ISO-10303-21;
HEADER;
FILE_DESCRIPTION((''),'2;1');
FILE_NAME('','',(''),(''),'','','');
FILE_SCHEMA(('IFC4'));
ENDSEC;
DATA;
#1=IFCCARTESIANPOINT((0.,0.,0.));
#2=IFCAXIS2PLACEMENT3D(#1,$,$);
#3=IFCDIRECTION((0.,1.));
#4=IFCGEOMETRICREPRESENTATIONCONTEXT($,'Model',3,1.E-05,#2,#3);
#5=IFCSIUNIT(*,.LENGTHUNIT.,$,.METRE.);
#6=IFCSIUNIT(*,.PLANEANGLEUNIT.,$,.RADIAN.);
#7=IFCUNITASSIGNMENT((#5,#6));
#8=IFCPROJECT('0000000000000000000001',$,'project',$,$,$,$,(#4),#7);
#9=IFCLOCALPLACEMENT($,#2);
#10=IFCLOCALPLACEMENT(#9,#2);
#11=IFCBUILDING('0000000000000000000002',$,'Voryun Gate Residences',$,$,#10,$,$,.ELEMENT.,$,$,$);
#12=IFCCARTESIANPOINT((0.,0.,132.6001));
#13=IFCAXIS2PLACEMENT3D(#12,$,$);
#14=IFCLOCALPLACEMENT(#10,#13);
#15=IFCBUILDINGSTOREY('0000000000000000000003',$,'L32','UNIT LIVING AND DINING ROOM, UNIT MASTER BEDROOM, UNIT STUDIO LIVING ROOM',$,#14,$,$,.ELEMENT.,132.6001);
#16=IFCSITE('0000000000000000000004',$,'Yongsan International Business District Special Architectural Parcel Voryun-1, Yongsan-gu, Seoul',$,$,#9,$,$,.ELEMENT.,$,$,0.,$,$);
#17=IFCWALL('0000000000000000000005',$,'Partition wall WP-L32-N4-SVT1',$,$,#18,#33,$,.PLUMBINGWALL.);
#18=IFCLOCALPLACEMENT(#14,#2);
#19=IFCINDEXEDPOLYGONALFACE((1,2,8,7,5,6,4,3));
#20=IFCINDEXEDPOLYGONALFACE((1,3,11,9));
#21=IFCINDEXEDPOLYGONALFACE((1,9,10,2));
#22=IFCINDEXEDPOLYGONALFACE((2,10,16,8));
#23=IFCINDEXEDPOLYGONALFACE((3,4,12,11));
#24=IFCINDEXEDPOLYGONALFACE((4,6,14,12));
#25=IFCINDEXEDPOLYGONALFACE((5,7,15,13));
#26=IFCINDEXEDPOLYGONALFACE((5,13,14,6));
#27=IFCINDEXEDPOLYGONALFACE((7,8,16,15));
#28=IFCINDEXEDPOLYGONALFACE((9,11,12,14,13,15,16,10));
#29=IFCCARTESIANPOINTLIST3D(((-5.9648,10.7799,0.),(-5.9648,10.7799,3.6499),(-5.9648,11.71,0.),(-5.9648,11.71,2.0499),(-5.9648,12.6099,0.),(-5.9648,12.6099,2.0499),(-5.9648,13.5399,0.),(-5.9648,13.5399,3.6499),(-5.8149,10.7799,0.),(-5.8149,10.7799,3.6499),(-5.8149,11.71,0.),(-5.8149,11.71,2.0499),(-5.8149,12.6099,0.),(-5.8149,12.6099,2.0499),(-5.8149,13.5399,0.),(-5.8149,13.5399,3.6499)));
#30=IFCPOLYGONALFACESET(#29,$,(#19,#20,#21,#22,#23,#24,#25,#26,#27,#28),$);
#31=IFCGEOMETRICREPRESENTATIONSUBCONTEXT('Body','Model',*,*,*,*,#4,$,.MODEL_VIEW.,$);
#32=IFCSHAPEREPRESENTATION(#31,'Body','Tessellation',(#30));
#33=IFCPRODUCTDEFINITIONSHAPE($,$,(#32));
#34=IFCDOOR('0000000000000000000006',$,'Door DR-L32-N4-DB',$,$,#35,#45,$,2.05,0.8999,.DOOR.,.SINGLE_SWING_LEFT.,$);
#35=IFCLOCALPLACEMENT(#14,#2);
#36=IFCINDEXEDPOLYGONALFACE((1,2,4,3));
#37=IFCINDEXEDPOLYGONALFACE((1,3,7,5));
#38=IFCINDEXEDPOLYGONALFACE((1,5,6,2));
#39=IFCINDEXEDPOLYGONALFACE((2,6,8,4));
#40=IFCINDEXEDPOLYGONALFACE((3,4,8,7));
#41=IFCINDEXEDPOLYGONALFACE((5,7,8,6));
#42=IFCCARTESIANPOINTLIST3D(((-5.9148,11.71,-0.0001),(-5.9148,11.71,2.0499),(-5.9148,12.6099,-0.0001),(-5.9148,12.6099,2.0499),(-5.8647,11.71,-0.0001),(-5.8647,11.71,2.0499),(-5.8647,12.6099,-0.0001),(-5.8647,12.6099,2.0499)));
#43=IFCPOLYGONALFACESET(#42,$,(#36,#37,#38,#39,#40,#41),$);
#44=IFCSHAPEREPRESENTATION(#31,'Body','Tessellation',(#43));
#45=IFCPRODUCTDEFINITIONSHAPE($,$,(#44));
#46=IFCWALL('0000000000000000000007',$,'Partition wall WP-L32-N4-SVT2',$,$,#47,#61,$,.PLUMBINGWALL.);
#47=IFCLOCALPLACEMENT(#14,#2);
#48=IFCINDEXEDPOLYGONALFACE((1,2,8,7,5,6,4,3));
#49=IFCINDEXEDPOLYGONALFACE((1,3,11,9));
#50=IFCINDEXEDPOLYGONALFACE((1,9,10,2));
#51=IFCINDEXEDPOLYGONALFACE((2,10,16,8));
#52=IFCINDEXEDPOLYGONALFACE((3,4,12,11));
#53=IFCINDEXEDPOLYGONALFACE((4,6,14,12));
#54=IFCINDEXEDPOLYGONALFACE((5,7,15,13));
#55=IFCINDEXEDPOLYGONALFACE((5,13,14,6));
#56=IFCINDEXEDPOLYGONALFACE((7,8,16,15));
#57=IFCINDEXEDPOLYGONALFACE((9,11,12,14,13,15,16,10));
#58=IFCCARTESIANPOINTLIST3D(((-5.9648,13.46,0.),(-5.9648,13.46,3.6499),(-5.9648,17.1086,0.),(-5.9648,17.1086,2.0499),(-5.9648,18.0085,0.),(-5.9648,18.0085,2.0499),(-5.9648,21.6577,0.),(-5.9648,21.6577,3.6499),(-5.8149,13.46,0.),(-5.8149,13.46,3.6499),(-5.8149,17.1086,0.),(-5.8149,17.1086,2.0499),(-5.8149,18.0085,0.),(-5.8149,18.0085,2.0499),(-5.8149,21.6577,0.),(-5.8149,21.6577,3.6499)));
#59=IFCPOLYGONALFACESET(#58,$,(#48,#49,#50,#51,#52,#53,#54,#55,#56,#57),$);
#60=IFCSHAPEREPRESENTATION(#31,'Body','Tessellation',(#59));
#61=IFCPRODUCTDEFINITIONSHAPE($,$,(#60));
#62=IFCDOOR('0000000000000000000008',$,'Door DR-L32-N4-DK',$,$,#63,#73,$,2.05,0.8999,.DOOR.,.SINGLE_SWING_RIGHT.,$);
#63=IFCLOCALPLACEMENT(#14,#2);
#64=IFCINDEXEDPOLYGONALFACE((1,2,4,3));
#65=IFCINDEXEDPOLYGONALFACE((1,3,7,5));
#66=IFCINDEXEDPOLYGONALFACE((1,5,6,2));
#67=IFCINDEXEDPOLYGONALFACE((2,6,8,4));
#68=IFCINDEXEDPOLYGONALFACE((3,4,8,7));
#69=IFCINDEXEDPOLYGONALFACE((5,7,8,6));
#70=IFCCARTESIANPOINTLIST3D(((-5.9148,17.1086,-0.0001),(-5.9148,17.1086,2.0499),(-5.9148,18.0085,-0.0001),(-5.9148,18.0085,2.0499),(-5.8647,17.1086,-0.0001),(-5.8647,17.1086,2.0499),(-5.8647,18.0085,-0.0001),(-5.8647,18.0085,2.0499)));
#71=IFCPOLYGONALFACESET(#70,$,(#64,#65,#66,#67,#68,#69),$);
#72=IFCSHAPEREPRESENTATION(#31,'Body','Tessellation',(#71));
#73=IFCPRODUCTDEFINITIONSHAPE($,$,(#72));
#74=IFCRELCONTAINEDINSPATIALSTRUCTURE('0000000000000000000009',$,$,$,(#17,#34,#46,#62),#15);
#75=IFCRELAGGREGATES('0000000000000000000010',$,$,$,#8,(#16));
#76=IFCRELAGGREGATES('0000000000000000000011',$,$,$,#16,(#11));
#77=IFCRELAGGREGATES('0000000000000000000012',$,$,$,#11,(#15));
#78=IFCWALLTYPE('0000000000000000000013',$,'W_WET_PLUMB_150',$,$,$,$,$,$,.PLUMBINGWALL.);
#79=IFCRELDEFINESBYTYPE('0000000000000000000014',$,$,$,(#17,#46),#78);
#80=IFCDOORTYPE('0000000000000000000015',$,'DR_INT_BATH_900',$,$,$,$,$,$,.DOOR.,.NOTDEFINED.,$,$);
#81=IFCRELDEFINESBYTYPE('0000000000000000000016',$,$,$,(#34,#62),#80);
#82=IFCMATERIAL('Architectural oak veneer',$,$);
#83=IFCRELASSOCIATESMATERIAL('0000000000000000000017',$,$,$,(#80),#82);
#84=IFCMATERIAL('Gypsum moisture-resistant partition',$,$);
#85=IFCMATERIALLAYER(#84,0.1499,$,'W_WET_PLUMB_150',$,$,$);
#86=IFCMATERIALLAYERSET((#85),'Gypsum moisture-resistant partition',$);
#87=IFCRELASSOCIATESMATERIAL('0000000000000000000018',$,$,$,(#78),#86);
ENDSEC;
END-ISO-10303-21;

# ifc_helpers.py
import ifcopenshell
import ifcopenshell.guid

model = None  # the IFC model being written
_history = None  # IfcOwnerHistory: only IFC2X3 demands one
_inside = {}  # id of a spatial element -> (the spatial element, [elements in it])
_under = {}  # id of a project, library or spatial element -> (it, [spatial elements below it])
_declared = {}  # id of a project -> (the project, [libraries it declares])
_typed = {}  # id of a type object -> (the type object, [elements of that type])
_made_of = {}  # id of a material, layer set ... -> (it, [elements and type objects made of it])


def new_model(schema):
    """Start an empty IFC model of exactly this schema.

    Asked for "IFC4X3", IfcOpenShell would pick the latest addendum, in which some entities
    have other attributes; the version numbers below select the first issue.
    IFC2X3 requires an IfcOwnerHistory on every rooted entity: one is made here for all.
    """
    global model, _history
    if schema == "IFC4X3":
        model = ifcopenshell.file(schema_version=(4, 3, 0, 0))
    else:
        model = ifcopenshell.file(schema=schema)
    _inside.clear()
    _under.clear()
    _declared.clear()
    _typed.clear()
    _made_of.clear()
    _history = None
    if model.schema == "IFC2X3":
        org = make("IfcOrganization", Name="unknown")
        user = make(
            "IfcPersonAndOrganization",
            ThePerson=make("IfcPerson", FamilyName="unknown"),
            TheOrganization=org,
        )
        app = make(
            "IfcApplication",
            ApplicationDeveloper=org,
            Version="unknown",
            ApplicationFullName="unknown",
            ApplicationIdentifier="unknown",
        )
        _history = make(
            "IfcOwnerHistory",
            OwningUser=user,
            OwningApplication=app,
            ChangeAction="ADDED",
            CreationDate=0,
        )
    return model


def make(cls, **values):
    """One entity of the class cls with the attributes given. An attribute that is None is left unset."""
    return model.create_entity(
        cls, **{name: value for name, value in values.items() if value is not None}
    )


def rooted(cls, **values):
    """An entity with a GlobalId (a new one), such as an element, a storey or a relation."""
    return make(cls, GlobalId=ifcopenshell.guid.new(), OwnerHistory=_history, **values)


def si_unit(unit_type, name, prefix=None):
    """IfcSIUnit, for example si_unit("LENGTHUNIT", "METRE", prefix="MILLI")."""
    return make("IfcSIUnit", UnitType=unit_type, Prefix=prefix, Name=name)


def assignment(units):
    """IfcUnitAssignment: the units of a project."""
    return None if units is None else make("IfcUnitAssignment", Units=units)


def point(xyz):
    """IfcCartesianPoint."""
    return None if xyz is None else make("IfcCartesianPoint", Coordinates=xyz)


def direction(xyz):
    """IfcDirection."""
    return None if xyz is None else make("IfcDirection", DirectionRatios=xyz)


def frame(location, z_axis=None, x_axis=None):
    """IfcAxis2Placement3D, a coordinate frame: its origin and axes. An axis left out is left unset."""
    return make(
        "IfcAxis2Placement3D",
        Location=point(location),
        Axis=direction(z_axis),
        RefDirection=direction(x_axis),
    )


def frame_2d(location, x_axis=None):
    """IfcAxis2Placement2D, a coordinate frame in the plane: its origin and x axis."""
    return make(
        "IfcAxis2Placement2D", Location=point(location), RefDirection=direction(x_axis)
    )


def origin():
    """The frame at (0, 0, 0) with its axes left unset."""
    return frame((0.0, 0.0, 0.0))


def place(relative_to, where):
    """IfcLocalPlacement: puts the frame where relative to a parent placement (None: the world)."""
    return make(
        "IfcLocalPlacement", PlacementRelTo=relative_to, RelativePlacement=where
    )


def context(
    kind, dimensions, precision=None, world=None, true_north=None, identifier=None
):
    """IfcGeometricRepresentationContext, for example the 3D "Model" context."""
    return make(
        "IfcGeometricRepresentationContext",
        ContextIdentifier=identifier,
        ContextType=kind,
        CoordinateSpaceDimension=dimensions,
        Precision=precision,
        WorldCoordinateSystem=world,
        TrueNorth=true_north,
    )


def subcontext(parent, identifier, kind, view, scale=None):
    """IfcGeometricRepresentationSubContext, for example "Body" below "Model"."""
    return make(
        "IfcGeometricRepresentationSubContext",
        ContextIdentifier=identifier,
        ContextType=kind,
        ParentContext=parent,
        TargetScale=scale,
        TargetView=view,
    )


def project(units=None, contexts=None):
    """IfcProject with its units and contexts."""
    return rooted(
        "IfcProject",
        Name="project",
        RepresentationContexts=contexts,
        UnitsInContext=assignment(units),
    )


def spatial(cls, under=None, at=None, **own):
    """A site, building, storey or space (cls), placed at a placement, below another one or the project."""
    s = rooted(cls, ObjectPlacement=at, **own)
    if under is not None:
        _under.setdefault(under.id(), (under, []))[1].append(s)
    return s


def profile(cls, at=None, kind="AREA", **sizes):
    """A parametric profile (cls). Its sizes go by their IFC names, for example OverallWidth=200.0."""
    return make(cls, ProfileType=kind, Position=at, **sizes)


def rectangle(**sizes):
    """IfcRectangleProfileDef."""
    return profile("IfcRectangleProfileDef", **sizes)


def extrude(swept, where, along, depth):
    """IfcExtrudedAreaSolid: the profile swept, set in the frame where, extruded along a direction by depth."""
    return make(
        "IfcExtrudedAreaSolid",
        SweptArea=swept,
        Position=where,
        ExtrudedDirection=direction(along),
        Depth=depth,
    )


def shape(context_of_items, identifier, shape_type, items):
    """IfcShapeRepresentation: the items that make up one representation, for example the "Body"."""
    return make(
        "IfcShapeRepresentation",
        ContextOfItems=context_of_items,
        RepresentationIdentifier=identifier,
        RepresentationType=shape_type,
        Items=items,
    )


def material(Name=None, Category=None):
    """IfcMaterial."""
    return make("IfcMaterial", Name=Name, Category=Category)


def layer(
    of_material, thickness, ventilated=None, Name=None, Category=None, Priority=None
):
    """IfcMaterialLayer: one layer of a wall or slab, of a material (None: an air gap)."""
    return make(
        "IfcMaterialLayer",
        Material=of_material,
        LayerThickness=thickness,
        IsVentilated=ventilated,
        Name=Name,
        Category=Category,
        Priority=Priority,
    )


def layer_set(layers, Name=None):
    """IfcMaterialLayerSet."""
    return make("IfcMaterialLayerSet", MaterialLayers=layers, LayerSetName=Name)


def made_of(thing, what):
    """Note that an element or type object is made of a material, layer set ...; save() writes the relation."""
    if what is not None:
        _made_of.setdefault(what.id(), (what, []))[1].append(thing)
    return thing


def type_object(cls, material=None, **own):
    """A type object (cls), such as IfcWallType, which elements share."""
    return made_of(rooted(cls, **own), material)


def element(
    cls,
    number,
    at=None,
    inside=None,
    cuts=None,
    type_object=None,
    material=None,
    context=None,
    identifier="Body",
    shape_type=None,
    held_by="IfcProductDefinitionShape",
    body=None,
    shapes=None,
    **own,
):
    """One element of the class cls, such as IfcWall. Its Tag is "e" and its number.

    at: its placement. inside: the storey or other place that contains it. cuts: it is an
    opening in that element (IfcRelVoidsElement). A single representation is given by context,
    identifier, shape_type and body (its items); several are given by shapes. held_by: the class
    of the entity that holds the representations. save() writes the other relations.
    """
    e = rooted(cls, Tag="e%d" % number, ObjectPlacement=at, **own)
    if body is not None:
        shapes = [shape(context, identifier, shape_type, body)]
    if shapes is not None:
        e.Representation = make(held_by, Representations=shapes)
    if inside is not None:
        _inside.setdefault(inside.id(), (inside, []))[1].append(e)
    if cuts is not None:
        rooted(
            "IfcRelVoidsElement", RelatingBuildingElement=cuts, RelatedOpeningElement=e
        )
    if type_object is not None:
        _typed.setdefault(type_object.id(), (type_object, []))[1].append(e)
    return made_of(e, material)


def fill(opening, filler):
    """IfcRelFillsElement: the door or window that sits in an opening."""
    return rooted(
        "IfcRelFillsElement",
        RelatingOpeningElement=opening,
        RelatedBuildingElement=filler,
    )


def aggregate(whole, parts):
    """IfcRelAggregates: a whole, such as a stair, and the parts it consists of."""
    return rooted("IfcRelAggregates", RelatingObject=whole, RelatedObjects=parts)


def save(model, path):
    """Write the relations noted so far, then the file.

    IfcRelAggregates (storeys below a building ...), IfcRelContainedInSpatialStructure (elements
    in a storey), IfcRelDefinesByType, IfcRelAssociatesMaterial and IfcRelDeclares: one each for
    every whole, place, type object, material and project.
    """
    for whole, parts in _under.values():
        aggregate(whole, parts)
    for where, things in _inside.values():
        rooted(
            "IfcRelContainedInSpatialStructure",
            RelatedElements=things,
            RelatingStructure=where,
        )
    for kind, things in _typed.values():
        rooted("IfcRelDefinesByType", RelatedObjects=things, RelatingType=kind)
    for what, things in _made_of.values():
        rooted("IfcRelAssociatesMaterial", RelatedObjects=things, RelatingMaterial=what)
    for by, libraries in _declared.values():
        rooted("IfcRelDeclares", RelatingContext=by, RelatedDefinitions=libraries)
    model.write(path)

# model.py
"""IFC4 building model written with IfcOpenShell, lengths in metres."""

from ifc_helpers import new_model, si_unit, direction, frame, frame_2d, origin, place, context, subcontext, project, spatial, rectangle, extrude, material, layer, layer_set, type_object, element, fill, save


model = new_model("IFC4")

# Units and contexts
model_context = context("Model", 3, precision=1e-05, world=origin(), true_north=direction((0.0, 1.0)))
body_context = subcontext(model_context, "Body", "Model", "MODEL_VIEW")
ifc_project = project(units=[si_unit("LENGTHUNIT", "METRE"), si_unit("PLANEANGLEUNIT", "RADIAN")], contexts=[model_context])

# Site, building, storey
site_placement = place(None, origin())
site = spatial("IfcSite", under=ifc_project, at=site_placement, Name="Yongsan International Business District Special Architectural Parcel Voryun-1, Yongsan-gu, Seoul", CompositionType="ELEMENT", RefElevation=0.0)
building_placement = place(site_placement, origin())
building = spatial("IfcBuilding", under=site, at=building_placement, Name="Voryun Gate Residences", CompositionType="ELEMENT")
storey_placement = place(building_placement, frame((0.0, 0.0, 132.6001)))
storey = spatial("IfcBuildingStorey", under=building, at=storey_placement, Name="L32", Description="UNIT LIVING AND DINING ROOM, UNIT MASTER BEDROOM, UNIT STUDIO LIVING ROOM", CompositionType="ELEMENT", Elevation=132.6001)

# Shared definitions
ifc_material_1 = material(Name="Architectural oak veneer")
door_type_1 = type_object("IfcDoorType", Name="DR_INT_BATH_900", OperationType="NOTDEFINED", PredefinedType="DOOR", material=ifc_material_1)
ifc_material_2 = material(Name="Gypsum moisture-resistant partition")
ifc_layer_1 = layer(ifc_material_2, 0.1499, Name="W_WET_PLUMB_150")
ifc_layer_set_1 = layer_set([ifc_layer_1], Name="Gypsum moisture-resistant partition")
wall_type_1 = type_object("IfcWallType", Name="W_WET_PLUMB_150", PredefinedType="PLUMBINGWALL", material=ifc_layer_set_1)

# Walls, openings, doors
wall_1_placement = place(storey_placement, frame((-5.8899, 10.78, 0.0), z_axis=(0.0, 0.0, 1.0), x_axis=(0.0, 1.0, 0.0)))
wall_1 = element("IfcWall", 1, at=wall_1_placement, inside=storey, type_object=wall_type_1, Name="Partition wall WP-L32-N4-SVT1", PredefinedType="PLUMBINGWALL", context=body_context, shape_type="SweptSolid", body=[
    extrude(rectangle(XDim=2.76, YDim=0.1499, at=frame_2d((1.3799, 0.0))), origin(), (0.0, 0.0, 1.0), 3.6499),
])
opening_1_placement = place(wall_1_placement, frame((0.9299, 0.0, 0.0)))
opening_1 = element("IfcOpeningElement", 2, at=opening_1_placement, cuts=wall_1, PredefinedType="OPENING", context=body_context, shape_type="SweptSolid", body=[
    extrude(rectangle(XDim=0.8999, YDim=2.05, at=frame_2d((0.45, 1.0249))), frame((0.0, 0.085, 0.0), z_axis=(0.0, -1.0, 0.0), x_axis=(1.0, 0.0, 0.0)), (0.0, 0.0, 1.0), 0.1699),
])
door_1_placement = place(opening_1_placement, origin())
door_1 = element("IfcDoor", 3, at=door_1_placement, inside=storey, type_object=door_type_1, Name="Door DR-L32-N4-DB", OperationType="SINGLE_SWING_LEFT", OverallHeight=2.05, OverallWidth=0.8999, PredefinedType="DOOR", context=body_context, shape_type="SweptSolid", body=[
    extrude(rectangle(XDim=0.8999, YDim=2.05, at=frame_2d((0.45, 1.0249))), frame((0.0, 0.0249, 0.0), z_axis=(0.0, -1.0, 0.0), x_axis=(1.0, 0.0, 0.0)), (0.0, 0.0, 1.0), 0.05),
])
fill(opening_1, door_1)
wall_2_placement = place(storey_placement, frame((-5.8899, 13.46, 0.0), z_axis=(0.0, 0.0, 1.0), x_axis=(0.0, 1.0, 0.0)))
wall_2 = element("IfcWall", 4, at=wall_2_placement, inside=storey, type_object=wall_type_1, Name="Partition wall WP-L32-N4-SVT2", PredefinedType="PLUMBINGWALL", context=body_context, shape_type="SweptSolid", body=[
    extrude(rectangle(XDim=8.1978, YDim=0.1499, at=frame_2d((4.0989, 0.0))), origin(), (0.0, 0.0, 1.0), 3.6499),
])
opening_2_placement = place(wall_2_placement, frame((3.6487, 0.0, 0.0)))
opening_2 = element("IfcOpeningElement", 5, at=opening_2_placement, cuts=wall_2, PredefinedType="OPENING", context=body_context, shape_type="SweptSolid", body=[
    extrude(rectangle(XDim=0.8999, YDim=2.05, at=frame_2d((0.45, 1.0249))), frame((0.0, 0.085, 0.0), z_axis=(0.0, -1.0, 0.0), x_axis=(1.0, 0.0, 0.0)), (0.0, 0.0, 1.0), 0.1699),
])
door_2_placement = place(opening_2_placement, origin())
door_2 = element("IfcDoor", 6, at=door_2_placement, inside=storey, type_object=door_type_1, Name="Door DR-L32-N4-DK", OperationType="SINGLE_SWING_RIGHT", OverallHeight=2.05, OverallWidth=0.8999, PredefinedType="DOOR", context=body_context, shape_type="SweptSolid", body=[
    extrude(rectangle(XDim=0.8999, YDim=2.05, at=frame_2d((0.45, 1.0249))), frame((0.0, 0.0249, 0.0), z_axis=(0.0, -1.0, 0.0), x_axis=(1.0, 0.0, 0.0)), (0.0, 0.0, 1.0), 0.05),
])
fill(opening_2, door_2)

save(model, "model.ifc")
